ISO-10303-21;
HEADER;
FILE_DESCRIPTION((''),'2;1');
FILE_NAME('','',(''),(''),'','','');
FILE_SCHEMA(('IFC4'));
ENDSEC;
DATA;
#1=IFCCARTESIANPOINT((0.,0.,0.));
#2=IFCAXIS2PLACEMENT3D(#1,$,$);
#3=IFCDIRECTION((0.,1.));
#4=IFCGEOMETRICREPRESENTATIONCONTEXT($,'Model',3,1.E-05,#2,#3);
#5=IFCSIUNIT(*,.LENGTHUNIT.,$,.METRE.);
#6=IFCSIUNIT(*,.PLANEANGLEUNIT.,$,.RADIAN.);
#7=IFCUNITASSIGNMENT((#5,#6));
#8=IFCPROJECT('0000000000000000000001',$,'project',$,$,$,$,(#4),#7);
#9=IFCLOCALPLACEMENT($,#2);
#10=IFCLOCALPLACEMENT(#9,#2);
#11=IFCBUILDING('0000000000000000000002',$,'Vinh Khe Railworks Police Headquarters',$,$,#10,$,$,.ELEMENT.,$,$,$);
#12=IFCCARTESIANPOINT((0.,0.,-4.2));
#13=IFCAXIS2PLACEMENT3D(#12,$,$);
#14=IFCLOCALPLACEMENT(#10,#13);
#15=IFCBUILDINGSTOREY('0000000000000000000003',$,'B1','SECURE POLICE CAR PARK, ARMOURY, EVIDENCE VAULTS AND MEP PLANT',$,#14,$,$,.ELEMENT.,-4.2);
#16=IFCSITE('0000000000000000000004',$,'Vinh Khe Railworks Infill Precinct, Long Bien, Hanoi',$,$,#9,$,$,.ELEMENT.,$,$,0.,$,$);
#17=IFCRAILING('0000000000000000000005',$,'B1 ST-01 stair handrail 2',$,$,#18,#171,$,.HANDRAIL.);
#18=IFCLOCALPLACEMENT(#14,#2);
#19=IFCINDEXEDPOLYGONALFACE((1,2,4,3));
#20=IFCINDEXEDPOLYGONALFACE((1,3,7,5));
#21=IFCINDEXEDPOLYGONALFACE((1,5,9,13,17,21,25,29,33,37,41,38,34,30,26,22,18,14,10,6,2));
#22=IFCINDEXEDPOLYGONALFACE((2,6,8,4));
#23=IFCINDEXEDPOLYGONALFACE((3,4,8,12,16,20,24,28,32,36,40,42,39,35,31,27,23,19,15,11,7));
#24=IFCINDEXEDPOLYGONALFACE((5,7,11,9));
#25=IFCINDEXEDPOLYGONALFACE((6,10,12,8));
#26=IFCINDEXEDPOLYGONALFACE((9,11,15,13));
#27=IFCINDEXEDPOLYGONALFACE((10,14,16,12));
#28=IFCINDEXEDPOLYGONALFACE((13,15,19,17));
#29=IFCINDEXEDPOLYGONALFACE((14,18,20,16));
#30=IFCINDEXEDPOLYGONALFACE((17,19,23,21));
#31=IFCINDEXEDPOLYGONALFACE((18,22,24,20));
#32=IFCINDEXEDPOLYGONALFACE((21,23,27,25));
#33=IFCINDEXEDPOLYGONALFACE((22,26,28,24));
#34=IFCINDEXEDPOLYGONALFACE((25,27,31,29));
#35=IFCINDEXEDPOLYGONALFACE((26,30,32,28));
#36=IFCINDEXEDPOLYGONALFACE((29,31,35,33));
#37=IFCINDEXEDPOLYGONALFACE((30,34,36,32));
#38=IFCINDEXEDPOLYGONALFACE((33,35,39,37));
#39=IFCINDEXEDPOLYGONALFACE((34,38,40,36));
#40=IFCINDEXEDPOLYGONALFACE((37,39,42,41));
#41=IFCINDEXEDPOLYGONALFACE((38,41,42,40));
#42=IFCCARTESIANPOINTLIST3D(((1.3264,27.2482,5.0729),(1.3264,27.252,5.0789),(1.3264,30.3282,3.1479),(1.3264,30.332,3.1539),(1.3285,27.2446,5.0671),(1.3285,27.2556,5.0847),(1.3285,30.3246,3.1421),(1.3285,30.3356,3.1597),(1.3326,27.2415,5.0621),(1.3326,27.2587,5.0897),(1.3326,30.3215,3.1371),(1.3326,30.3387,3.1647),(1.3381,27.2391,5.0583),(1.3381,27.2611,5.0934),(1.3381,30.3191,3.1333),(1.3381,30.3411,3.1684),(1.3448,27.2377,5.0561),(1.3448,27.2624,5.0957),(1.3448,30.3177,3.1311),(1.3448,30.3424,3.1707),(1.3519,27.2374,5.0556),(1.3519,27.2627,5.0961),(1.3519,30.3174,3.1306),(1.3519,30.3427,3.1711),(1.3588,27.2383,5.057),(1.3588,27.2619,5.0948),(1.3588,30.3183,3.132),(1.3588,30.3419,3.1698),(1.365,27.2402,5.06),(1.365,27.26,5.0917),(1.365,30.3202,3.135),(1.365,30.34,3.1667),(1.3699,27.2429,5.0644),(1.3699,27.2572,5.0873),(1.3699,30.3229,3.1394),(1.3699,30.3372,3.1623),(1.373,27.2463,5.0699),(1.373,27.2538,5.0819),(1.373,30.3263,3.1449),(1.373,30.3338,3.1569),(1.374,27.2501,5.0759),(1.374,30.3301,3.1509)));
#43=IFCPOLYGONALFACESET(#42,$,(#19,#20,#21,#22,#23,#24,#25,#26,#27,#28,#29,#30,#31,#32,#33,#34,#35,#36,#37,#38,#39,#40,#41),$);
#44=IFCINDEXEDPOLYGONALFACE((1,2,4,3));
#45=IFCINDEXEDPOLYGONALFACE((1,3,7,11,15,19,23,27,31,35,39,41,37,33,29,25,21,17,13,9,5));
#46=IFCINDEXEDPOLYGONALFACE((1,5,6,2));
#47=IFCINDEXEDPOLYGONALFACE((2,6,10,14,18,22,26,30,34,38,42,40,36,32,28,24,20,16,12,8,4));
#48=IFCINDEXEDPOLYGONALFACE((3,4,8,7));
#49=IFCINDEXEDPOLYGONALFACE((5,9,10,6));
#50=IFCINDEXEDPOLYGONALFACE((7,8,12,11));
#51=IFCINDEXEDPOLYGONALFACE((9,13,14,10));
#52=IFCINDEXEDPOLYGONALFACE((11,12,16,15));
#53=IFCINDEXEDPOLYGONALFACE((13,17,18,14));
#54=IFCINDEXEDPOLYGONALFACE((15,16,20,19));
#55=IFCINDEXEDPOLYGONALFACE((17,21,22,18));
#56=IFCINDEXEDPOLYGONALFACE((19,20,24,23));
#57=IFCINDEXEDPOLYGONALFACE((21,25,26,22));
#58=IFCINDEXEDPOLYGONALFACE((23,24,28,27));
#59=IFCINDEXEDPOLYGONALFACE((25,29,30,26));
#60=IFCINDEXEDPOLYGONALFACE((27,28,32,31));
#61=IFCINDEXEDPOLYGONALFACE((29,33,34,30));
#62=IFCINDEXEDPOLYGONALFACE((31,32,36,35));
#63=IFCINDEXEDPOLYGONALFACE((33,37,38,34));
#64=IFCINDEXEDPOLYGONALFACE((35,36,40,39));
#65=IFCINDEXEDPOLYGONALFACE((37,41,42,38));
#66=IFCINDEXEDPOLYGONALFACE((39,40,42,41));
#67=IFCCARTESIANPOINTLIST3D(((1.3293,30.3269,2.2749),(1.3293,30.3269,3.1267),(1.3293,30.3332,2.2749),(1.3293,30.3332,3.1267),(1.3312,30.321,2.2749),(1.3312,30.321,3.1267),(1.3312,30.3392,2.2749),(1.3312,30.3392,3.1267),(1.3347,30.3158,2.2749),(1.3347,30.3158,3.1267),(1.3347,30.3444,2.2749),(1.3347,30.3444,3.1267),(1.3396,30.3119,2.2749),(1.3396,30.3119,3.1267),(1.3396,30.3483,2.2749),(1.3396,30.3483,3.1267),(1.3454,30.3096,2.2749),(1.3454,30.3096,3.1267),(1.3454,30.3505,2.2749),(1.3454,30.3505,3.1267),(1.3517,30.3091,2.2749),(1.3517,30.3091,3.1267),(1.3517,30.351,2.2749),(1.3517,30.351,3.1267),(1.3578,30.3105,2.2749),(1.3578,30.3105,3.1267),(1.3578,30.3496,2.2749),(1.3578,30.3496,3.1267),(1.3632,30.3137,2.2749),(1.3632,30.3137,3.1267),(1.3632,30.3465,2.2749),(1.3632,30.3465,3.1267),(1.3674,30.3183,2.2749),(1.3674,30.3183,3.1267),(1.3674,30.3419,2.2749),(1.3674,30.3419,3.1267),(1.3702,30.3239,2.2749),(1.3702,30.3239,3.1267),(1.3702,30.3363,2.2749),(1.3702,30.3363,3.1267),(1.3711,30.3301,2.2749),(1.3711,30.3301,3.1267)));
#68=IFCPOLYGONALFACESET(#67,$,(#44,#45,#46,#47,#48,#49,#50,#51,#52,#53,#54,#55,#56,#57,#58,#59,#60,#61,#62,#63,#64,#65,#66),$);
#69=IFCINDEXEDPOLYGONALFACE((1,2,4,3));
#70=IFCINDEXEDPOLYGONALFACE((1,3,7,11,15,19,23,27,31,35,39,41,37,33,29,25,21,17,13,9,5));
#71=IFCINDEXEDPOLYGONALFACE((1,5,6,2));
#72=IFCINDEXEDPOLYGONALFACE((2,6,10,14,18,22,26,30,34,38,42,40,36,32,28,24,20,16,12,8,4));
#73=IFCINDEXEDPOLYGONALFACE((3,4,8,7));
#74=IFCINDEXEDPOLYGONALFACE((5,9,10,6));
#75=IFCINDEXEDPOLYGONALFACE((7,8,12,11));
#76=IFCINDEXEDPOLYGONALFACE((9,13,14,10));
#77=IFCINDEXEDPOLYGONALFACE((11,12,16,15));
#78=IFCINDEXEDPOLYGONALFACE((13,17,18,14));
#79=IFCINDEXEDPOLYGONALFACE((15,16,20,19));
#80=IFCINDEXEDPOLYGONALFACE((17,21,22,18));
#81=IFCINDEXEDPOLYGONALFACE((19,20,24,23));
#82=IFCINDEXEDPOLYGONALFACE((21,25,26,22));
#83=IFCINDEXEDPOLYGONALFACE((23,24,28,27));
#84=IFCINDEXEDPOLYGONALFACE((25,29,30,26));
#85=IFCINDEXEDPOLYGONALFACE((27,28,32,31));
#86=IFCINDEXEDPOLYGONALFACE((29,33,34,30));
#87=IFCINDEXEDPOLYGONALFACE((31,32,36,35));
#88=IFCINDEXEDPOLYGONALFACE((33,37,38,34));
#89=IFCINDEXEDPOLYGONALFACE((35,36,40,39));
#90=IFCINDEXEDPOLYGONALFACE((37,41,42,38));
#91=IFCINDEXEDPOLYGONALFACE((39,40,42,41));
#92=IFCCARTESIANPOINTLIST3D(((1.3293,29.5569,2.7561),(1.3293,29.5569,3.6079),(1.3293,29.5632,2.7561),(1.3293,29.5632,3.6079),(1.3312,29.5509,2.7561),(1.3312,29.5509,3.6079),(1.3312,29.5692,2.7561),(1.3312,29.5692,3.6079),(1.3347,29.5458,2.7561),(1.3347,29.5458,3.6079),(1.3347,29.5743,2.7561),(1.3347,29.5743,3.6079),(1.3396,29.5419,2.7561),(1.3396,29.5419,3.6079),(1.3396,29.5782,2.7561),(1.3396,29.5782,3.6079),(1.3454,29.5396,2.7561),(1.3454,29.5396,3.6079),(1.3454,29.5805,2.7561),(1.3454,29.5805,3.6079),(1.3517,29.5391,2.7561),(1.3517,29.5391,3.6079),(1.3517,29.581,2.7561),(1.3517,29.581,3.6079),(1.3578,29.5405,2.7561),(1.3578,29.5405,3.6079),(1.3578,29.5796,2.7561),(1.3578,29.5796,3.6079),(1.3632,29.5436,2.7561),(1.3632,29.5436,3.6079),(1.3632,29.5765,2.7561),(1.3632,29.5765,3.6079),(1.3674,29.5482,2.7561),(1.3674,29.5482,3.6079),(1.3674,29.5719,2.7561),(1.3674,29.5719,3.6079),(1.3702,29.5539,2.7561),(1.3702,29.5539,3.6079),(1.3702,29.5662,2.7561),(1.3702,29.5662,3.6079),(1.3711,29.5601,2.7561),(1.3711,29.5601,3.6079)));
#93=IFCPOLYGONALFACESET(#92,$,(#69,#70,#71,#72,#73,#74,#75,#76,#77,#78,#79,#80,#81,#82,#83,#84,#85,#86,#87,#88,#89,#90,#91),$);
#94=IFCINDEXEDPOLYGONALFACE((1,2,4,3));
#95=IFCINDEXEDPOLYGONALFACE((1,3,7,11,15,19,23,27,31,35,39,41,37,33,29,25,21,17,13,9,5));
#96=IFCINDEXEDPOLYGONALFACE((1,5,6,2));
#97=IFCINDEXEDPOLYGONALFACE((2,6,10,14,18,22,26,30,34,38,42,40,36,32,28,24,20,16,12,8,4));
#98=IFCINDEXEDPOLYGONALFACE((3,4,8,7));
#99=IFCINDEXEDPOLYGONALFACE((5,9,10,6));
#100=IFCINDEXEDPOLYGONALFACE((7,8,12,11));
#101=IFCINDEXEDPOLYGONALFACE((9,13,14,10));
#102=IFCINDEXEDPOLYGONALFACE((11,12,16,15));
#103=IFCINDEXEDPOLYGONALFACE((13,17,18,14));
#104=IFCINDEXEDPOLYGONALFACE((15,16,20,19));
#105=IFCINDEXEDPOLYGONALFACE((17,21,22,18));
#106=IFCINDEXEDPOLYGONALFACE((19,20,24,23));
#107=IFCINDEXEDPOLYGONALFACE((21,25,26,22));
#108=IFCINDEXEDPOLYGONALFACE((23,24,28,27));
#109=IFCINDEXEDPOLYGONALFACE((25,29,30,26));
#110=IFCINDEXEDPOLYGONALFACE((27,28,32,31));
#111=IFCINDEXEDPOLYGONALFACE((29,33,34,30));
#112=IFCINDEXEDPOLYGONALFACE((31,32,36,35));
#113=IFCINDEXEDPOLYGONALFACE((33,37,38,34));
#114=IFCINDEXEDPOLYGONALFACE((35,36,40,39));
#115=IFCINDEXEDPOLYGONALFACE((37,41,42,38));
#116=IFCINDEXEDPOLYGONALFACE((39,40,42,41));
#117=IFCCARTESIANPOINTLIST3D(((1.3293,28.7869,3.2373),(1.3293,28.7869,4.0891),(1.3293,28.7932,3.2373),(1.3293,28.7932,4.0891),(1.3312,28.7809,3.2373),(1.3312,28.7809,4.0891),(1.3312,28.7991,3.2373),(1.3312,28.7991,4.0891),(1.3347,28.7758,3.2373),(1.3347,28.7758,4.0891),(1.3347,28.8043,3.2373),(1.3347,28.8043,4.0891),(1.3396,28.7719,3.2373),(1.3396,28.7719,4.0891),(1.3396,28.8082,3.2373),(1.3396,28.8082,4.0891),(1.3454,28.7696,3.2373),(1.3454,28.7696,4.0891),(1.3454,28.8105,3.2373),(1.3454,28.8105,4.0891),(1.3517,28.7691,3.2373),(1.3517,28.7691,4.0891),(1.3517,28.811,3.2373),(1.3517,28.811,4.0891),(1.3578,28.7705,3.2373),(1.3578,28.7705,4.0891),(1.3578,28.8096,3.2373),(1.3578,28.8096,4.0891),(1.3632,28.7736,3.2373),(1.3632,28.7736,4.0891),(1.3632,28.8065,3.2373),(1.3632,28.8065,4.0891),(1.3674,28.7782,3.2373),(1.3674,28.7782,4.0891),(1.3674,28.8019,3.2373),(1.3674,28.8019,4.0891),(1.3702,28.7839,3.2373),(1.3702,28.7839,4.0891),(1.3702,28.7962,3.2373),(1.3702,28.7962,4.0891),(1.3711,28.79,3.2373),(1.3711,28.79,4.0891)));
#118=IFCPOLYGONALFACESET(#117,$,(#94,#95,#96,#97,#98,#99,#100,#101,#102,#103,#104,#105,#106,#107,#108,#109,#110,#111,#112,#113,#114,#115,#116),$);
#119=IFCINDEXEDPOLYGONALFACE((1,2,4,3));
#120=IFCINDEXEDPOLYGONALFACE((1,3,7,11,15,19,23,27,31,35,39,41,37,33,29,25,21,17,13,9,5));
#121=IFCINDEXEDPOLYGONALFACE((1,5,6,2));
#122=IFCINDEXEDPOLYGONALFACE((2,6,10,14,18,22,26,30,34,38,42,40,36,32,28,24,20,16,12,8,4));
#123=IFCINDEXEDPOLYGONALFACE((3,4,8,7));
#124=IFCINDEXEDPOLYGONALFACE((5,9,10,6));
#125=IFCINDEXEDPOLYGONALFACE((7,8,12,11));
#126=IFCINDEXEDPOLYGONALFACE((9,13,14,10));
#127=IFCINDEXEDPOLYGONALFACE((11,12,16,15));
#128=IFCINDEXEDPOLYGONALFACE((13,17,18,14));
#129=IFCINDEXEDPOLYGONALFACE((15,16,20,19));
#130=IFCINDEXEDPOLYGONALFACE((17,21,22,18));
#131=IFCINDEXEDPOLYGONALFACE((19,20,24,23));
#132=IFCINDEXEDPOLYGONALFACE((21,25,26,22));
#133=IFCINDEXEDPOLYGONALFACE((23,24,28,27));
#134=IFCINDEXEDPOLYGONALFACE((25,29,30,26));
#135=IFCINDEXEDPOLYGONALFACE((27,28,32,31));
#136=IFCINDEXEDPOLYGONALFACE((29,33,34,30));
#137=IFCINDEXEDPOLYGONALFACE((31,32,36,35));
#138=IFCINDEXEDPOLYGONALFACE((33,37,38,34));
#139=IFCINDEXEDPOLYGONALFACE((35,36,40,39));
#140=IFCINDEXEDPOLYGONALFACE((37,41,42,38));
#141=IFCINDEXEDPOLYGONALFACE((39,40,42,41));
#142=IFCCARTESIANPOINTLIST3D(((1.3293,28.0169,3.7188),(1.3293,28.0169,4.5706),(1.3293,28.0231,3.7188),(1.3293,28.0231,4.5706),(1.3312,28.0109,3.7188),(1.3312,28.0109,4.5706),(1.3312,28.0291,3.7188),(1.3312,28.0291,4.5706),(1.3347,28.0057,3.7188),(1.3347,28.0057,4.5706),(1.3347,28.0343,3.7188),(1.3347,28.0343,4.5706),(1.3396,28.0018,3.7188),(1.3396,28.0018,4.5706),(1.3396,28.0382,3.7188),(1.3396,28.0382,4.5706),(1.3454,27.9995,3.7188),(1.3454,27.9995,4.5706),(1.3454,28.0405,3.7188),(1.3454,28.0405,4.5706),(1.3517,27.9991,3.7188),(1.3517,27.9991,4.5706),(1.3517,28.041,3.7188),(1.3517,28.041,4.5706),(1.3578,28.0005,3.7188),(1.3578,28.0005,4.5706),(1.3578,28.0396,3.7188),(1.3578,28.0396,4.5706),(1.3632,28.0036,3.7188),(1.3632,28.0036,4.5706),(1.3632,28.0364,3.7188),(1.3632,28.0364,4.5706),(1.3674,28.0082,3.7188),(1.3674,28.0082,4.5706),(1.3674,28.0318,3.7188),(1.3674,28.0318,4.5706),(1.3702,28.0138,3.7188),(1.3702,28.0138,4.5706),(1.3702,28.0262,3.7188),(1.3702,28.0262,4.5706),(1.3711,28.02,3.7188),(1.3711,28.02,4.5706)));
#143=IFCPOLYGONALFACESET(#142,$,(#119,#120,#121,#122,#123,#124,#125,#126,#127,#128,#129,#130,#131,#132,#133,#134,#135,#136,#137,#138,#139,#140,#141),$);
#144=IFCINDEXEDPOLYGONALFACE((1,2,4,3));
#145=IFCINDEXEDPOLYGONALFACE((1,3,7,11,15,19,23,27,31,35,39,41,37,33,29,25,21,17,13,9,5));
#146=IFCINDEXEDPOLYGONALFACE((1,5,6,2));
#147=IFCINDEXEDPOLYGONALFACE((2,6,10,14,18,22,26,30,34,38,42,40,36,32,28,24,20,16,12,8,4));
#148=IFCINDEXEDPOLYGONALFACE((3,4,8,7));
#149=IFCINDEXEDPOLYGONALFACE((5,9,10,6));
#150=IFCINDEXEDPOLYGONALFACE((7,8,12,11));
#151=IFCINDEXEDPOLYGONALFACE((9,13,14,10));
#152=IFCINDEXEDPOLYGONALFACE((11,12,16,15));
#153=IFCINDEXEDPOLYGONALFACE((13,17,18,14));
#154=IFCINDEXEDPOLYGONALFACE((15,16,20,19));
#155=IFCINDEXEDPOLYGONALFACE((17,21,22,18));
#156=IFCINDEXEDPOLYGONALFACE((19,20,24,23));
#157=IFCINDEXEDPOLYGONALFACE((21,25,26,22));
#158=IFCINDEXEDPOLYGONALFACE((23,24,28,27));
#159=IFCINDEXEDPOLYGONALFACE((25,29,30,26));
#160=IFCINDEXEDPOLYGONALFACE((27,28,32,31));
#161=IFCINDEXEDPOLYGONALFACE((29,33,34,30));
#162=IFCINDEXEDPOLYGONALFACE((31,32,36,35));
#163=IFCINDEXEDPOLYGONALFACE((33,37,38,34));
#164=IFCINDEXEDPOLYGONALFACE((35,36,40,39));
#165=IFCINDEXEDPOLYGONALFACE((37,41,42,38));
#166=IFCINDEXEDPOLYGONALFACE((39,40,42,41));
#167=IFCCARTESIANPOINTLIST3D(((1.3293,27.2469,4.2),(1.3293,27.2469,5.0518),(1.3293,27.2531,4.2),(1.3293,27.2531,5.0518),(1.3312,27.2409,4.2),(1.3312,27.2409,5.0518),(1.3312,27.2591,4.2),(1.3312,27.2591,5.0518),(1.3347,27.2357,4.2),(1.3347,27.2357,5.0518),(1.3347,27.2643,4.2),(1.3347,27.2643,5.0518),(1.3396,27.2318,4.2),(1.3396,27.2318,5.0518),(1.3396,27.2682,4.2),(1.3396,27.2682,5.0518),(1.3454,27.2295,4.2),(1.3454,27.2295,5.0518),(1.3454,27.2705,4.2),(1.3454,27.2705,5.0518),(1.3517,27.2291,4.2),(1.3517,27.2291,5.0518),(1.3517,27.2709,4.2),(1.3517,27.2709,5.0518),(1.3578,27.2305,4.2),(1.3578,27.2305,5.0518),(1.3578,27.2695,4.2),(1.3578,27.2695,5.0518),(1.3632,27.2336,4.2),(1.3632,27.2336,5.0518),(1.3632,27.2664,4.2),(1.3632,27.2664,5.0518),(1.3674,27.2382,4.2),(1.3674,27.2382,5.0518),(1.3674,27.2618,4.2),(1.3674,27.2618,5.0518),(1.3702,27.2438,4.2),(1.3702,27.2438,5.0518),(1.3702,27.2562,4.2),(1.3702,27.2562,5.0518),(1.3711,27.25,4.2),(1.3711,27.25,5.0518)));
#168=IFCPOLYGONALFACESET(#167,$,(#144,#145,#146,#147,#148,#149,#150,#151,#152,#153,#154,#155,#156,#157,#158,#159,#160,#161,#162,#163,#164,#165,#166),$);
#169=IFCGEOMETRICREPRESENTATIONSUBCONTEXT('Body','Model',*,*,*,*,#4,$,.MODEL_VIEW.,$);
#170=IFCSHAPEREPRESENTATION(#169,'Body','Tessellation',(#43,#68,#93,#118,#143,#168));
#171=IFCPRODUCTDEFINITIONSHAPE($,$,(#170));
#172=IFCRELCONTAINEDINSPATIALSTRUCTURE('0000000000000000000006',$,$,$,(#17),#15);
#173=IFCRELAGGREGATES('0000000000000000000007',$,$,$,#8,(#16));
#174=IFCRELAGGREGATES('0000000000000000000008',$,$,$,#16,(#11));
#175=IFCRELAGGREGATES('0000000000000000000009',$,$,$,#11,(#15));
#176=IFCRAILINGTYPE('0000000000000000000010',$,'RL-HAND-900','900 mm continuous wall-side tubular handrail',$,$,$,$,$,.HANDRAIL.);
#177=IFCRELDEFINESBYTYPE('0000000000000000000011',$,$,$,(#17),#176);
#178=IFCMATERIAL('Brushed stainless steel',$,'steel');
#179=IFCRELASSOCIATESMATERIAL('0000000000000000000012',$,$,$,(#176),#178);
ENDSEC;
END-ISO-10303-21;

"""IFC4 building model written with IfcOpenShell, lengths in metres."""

from ifc_helpers import new_model, si_unit, direction, frame, origin, origin_2d, place, context, subcontext, project, spatial, circle, extrude, material, type_object, element, save


model = new_model("IFC4")

# Units and contexts
model_context = context("Model", 3, precision=1e-05, world=origin(), true_north=direction((0.0, 1.0)))
body_context = subcontext(model_context, "Body", "Model", "MODEL_VIEW")
ifc_project = project(units=[si_unit("LENGTHUNIT", "METRE"), si_unit("PLANEANGLEUNIT", "RADIAN")], contexts=[model_context])

# Site, building, storey
site_placement = place(None, origin())
site = spatial("IfcSite", under=ifc_project, at=site_placement, Name="Vinh Khe Railworks Infill Precinct, Long Bien, Hanoi", CompositionType="ELEMENT", RefElevation=0.0)
building_placement = place(site_placement, origin())
building = spatial("IfcBuilding", under=site, at=building_placement, Name="Vinh Khe Railworks Police Headquarters", CompositionType="ELEMENT")
storey_placement = place(building_placement, frame((0.0, 0.0, -4.2)))
storey = spatial("IfcBuildingStorey", under=building, at=storey_placement, Name="B1", Description="SECURE POLICE CAR PARK, ARMOURY, EVIDENCE VAULTS AND MEP PLANT", CompositionType="ELEMENT", Elevation=-4.2)

# Railing
ifc_material_1 = material(Name="Brushed stainless steel", Category="steel")
railing_type_1 = type_object("IfcRailingType", Name="RL-HAND-900", Description="900 mm continuous wall-side tubular handrail", PredefinedType="HANDRAIL", material=ifc_material_1)
railing_1_placement = place(storey_placement, frame((1.3501, 30.3301, 2.2749)))
element("IfcRailing", 1, at=railing_1_placement, inside=storey, type_object=railing_type_1, Name="B1 ST-01 stair handrail 2", PredefinedType="HANDRAIL", context=body_context, shape_type="SweptSolid", body=[
    extrude(circle(Radius=0.0239, at=origin_2d()), frame((0.0, 0.0, 0.876), z_axis=(0.0, -0.847998, 0.529999), x_axis=(1.0, 0.0, 0.0)), (0.0, 0.0, 1.0), 3.6321),
    extrude(circle(Radius=0.021, at=origin_2d()), origin(), (0.0, 0.0, 1.0), 0.8518),
    extrude(circle(Radius=0.021, at=origin_2d()), frame((0.0, -0.77, 0.4812)), (0.0, 0.0, 1.0), 0.8518),
    extrude(circle(Radius=0.021, at=origin_2d()), frame((0.0, -1.54, 0.9624)), (0.0, 0.0, 1.0), 0.8518),
    extrude(circle(Radius=0.021, at=origin_2d()), frame((0.0, -2.3101, 1.4438)), (0.0, 0.0, 1.0), 0.8518),
    extrude(circle(Radius=0.021, at=origin_2d()), frame((0.0, -3.0801, 1.925)), (0.0, 0.0, 1.0), 0.8518),
])

save(model, "model.ifc")
